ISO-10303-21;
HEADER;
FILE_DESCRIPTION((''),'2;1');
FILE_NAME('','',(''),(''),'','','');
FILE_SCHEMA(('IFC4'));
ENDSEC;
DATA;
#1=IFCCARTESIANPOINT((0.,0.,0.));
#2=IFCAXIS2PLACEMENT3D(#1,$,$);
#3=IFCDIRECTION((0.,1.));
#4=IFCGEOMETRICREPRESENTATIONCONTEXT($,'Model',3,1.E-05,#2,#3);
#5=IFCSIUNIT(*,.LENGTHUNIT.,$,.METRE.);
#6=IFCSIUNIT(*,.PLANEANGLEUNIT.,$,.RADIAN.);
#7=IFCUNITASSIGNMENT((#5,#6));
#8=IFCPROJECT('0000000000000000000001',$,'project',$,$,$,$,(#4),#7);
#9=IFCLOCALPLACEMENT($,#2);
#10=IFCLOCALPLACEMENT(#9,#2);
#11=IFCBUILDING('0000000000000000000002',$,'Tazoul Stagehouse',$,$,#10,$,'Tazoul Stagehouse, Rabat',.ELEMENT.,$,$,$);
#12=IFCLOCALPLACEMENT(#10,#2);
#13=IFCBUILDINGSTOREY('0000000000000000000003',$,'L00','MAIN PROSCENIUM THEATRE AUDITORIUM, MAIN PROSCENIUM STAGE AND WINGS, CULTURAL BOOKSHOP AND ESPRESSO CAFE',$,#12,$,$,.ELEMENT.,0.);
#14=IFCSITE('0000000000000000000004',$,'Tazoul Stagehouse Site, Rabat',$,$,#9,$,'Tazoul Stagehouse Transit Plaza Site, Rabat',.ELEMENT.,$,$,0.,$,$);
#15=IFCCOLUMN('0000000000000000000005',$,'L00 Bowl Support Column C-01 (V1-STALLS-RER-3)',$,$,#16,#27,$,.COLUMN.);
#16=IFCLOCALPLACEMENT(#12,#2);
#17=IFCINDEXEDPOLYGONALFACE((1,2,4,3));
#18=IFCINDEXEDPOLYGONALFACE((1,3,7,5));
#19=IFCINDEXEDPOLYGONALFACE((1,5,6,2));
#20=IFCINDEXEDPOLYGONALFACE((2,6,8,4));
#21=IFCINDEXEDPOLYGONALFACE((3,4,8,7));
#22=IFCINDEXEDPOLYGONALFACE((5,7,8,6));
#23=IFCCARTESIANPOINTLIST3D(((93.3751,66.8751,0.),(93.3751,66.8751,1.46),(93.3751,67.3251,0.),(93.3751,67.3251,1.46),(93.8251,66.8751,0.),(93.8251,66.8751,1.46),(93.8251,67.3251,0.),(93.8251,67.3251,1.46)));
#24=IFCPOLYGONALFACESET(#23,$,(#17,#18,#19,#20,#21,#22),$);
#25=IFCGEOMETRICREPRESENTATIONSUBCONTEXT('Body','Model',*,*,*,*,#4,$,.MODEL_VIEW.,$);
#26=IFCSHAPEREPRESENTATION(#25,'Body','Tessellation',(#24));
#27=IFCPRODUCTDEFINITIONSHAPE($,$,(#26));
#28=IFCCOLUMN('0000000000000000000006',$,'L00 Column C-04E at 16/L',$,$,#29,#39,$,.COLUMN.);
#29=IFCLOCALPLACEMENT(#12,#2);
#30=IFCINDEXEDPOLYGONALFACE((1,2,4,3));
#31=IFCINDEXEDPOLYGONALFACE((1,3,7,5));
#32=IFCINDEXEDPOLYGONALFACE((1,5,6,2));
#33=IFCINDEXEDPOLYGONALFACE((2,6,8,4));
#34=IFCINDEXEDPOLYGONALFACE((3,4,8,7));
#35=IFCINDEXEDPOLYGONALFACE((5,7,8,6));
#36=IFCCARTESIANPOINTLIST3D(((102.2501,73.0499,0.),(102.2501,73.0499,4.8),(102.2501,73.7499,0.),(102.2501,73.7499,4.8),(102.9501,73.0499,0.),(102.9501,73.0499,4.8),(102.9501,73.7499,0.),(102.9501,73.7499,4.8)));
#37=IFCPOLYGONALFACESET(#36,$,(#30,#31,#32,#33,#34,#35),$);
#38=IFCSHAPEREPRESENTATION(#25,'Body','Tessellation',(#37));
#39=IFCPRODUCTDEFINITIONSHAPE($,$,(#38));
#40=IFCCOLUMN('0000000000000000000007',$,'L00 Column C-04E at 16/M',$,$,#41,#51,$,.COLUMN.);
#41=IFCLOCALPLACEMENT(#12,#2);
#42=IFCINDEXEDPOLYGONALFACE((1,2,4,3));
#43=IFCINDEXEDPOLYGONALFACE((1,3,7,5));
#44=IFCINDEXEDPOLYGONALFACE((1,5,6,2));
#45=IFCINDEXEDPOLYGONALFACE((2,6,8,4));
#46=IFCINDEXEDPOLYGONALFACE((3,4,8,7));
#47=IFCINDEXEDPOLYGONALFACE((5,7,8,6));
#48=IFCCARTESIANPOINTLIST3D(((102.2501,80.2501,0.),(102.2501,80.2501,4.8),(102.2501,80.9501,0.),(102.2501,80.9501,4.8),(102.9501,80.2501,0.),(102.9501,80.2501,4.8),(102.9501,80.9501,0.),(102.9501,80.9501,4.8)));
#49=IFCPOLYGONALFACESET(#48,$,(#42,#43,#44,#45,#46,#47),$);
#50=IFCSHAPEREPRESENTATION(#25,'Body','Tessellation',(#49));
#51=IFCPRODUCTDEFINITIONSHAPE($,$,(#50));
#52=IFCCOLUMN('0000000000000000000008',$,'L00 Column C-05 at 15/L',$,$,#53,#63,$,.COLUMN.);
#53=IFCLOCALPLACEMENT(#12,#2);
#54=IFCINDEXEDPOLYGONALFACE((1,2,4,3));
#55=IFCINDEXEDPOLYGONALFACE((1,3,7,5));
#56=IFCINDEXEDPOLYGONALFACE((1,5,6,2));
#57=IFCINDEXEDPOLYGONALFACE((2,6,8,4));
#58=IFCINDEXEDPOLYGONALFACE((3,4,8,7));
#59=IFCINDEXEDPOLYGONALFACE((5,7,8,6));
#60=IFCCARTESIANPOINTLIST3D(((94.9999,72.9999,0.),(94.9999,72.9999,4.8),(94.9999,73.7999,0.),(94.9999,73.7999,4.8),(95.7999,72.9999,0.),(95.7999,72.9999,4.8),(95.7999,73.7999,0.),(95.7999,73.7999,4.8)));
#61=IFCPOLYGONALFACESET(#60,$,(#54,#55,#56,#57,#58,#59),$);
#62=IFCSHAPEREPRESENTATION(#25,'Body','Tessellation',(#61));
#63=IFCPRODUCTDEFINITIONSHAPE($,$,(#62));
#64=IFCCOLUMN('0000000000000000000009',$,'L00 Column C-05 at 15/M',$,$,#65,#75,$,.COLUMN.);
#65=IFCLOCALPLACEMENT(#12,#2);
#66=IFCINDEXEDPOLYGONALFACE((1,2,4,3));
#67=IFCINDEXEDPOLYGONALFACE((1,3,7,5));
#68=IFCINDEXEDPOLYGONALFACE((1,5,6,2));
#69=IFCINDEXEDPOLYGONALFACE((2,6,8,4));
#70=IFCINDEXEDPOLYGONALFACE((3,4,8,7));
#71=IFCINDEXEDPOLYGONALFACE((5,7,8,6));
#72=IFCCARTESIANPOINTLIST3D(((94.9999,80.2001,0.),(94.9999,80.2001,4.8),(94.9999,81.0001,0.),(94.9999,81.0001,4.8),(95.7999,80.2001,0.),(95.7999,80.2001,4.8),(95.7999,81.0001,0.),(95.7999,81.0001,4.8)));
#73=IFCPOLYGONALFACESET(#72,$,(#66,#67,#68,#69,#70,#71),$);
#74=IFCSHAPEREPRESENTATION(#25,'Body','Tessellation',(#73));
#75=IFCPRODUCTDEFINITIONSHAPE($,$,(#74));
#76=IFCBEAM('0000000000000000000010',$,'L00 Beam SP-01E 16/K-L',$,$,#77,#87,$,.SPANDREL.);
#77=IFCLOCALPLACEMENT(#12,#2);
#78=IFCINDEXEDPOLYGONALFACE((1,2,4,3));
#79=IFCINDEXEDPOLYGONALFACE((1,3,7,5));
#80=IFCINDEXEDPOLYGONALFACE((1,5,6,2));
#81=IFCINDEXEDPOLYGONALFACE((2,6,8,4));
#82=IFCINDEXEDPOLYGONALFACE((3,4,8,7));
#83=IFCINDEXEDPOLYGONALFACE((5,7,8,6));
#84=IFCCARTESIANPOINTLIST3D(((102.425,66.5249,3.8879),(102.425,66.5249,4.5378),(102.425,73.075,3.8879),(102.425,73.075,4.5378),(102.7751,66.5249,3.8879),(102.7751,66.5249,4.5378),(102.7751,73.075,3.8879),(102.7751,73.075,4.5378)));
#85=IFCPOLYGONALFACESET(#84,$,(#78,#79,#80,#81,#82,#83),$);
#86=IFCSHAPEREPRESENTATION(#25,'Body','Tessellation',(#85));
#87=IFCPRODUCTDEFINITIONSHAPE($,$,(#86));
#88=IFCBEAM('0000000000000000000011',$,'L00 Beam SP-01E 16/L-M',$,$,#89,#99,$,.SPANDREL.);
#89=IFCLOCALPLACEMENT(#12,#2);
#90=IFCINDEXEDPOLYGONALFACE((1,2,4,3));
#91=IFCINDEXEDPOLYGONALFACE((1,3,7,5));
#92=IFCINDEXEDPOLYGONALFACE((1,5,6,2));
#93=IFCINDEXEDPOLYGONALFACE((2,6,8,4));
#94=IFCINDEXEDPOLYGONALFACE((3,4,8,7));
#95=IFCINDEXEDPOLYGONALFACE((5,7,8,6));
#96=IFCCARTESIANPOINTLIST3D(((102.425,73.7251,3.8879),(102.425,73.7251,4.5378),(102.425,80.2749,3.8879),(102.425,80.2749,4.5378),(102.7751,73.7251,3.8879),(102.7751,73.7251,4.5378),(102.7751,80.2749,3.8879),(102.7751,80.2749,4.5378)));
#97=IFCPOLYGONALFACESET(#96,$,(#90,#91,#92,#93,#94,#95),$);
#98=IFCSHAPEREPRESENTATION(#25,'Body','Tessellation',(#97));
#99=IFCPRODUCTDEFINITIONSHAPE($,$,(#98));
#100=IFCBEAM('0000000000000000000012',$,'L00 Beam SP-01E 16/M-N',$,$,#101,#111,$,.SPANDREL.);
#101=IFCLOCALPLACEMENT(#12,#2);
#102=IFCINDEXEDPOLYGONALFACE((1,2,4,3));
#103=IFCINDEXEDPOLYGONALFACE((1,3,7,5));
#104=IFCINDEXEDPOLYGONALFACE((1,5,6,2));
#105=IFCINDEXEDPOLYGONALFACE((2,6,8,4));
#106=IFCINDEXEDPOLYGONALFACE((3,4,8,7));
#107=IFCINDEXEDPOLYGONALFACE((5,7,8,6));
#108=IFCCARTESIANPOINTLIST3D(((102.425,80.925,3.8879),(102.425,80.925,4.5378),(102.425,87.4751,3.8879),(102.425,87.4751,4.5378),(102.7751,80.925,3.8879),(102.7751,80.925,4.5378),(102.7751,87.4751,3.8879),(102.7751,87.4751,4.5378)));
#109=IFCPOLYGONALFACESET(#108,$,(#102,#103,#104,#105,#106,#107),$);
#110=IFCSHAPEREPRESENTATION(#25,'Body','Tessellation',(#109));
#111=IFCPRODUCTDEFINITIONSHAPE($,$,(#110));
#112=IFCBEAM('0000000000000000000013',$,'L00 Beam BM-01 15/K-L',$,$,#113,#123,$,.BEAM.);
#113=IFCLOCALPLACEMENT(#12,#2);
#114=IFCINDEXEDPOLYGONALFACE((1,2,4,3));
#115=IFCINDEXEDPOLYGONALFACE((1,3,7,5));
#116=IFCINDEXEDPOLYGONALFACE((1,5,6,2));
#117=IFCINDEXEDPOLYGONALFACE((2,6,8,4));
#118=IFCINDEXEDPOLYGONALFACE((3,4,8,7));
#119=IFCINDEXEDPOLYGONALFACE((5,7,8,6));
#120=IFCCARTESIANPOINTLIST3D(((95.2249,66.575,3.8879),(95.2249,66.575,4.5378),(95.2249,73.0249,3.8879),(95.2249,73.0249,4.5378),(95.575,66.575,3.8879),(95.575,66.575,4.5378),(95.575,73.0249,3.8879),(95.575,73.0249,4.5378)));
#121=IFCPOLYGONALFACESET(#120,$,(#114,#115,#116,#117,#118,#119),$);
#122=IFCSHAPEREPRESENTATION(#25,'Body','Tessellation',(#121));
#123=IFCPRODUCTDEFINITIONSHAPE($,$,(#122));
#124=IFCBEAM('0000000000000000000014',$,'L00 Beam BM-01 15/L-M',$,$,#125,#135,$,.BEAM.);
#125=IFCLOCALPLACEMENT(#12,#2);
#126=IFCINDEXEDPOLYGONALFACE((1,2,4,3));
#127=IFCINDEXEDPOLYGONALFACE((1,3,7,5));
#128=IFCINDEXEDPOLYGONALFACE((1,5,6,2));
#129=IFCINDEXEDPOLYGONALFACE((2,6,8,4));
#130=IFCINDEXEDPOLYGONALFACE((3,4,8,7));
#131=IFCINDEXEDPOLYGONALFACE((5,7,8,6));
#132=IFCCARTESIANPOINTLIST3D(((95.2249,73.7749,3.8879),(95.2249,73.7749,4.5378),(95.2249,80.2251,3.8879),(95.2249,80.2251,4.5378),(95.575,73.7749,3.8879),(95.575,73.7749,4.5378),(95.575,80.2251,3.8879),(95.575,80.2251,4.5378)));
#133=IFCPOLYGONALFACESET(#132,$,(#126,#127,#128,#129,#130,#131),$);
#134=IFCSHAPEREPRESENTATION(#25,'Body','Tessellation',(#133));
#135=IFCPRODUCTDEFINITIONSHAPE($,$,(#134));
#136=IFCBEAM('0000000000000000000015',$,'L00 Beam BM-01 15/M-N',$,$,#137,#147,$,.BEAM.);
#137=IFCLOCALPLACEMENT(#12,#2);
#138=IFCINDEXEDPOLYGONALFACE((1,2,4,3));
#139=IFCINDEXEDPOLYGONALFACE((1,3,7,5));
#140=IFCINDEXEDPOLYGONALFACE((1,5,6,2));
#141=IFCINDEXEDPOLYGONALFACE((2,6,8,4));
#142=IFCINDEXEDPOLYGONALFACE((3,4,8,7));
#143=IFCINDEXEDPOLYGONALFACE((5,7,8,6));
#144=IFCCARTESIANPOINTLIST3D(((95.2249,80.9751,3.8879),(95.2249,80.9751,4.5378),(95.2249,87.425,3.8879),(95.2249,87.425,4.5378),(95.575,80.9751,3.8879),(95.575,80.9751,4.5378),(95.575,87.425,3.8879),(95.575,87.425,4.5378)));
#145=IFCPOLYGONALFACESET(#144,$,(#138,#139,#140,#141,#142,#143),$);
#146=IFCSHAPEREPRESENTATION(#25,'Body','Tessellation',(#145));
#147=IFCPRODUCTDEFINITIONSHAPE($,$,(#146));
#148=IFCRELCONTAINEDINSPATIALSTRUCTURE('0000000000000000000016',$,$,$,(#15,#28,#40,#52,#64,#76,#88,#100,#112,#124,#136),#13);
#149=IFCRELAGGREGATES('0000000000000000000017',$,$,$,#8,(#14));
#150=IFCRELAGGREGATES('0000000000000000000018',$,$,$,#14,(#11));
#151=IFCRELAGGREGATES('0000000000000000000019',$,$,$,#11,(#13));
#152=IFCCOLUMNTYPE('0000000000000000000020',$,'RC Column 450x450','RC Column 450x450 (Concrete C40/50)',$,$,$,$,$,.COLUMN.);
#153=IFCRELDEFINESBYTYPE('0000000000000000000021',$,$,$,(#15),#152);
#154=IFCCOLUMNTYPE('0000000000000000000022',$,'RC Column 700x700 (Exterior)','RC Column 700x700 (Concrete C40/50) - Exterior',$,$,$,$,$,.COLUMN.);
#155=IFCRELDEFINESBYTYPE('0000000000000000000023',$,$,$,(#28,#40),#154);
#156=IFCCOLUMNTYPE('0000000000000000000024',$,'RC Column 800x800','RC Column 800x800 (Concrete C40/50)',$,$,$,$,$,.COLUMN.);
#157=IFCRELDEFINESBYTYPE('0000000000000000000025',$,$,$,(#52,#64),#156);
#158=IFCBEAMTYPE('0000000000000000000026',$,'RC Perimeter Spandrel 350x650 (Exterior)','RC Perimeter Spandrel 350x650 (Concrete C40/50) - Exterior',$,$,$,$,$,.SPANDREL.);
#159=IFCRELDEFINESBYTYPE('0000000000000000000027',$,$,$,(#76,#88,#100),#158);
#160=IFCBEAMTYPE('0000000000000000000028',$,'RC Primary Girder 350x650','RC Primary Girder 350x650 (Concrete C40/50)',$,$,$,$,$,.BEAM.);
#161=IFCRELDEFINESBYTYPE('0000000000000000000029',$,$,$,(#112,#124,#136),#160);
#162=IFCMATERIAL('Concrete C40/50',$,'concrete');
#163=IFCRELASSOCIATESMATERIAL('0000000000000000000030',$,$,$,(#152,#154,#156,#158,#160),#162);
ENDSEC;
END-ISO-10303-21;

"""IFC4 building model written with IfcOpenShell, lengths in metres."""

from ifc_helpers import new_model, si_unit, direction, frame, origin, origin_2d, place, context, subcontext, project, spatial, rectangle, extrude, material, material_profile, profile_set, type_object, element, save


model = new_model("IFC4")

# Units and contexts
model_context = context("Model", 3, precision=1e-05, world=origin(), true_north=direction((0.0, 1.0)))
body_context = subcontext(model_context, "Body", "Model", "MODEL_VIEW")
ifc_project = project(units=[si_unit("LENGTHUNIT", "METRE"), si_unit("PLANEANGLEUNIT", "RADIAN")], contexts=[model_context])

# Site, building, storey
site_placement = place(None, origin())
site = spatial("IfcSite", under=ifc_project, at=site_placement, Name="Tazoul Stagehouse Site, Rabat", LongName="Tazoul Stagehouse Transit Plaza Site, Rabat", CompositionType="ELEMENT", RefElevation=0.0)
building_placement = place(site_placement, origin())
building = spatial("IfcBuilding", under=site, at=building_placement, Name="Tazoul Stagehouse", LongName="Tazoul Stagehouse, Rabat", CompositionType="ELEMENT")
storey_placement = place(building_placement, origin())
storey = spatial("IfcBuildingStorey", under=building, at=storey_placement, Name="L00", Description="MAIN PROSCENIUM THEATRE AUDITORIUM, MAIN PROSCENIUM STAGE AND WINGS, CULTURAL BOOKSHOP AND ESPRESSO CAFE", CompositionType="ELEMENT", Elevation=0.0)

# Columns
ifc_material_1 = material(Name="Concrete C40/50", Category="concrete")
ifc_material_profile_1 = material_profile(ifc_material_1, rectangle(XDim=0.45, YDim=0.45, at=origin_2d()), Name="RC 450x450")
ifc_profile_set_1 = profile_set([ifc_material_profile_1], Name="Concrete C40/50")
column_type_1 = type_object("IfcColumnType", Name="RC Column 450x450", Description="RC Column 450x450 (Concrete C40/50)", PredefinedType="COLUMN", material=ifc_profile_set_1)
column_placement = place(storey_placement, frame((93.6001, 67.1001, 0.0), z_axis=(0.0, 0.0, 1.0), x_axis=(1.0, 0.0, 0.0)))
element("IfcColumn", 1, at=column_placement, inside=storey, type_object=column_type_1, Name="L00 Bowl Support Column C-01 (V1-STALLS-RER-3)", PredefinedType="COLUMN", context=body_context, shape_type="SweptSolid", body=[
    extrude(rectangle(XDim=0.45, YDim=0.45, at=origin_2d()), origin(), (0.0, 0.0, 1.0), 1.46),
])
ifc_material_profile_2 = material_profile(ifc_material_1, rectangle(XDim=0.7, YDim=0.7, at=origin_2d()), Name="RC 700x700")
ifc_profile_set_2 = profile_set([ifc_material_profile_2], Name="Concrete C40/50")
column_type_2 = type_object("IfcColumnType", Name="RC Column 700x700 (Exterior)", Description="RC Column 700x700 (Concrete C40/50) - Exterior", PredefinedType="COLUMN", material=ifc_profile_set_2)
for number, where, z_axis, x_axis, name in (
    (2, (102.6001, 73.3999, 0.0), (0.0, 0.0, 1.0), (1.0, 0.0, 0.0), "L00 Column C-04E at 16/L"),
    (3, (102.6001, 80.6001, 0.0), (0.0, 0.0, 1.0), (1.0, 0.0, 0.0), "L00 Column C-04E at 16/M"),
):
    element("IfcColumn", number, at=place(storey_placement, frame(where, z_axis=z_axis, x_axis=x_axis)), inside=storey, type_object=column_type_2, Name=name, PredefinedType="COLUMN", context=body_context, shape_type="SweptSolid", body=[
        extrude(rectangle(XDim=0.7, YDim=0.7, at=origin_2d()), origin(), (0.0, 0.0, 1.0), 4.8),
    ])
ifc_material_profile_3 = material_profile(ifc_material_1, rectangle(XDim=0.8, YDim=0.8, at=origin_2d()), Name="RC 800x800")
ifc_profile_set_3 = profile_set([ifc_material_profile_3], Name="Concrete C40/50")
column_type_3 = type_object("IfcColumnType", Name="RC Column 800x800", Description="RC Column 800x800 (Concrete C40/50)", PredefinedType="COLUMN", material=ifc_profile_set_3)
for number, where, z_axis, x_axis, name in (
    (4, (95.3999, 73.3999, 0.0), (0.0, 0.0, 1.0), (1.0, 0.0, 0.0), "L00 Column C-05 at 15/L"),
    (5, (95.3999, 80.6001, 0.0), (0.0, 0.0, 1.0), (1.0, 0.0, 0.0), "L00 Column C-05 at 15/M"),
):
    element("IfcColumn", number, at=place(storey_placement, frame(where, z_axis=z_axis, x_axis=x_axis)), inside=storey, type_object=column_type_3, Name=name, PredefinedType="COLUMN", context=body_context, shape_type="SweptSolid", body=[
        extrude(rectangle(XDim=0.8, YDim=0.8, at=origin_2d()), origin(), (0.0, 0.0, 1.0), 4.8),
    ])

# Beams
ifc_material_profile_4 = material_profile(ifc_material_1, rectangle(XDim=0.3501, YDim=0.6499, at=origin_2d()), Name="RC 350x650")
ifc_profile_set_4 = profile_set([ifc_material_profile_4], Name="Concrete C40/50")
beam_type_1 = type_object("IfcBeamType", Name="RC Perimeter Spandrel 350x650 (Exterior)", Description="RC Perimeter Spandrel 350x650 (Concrete C40/50) - Exterior", PredefinedType="SPANDREL", material=ifc_profile_set_4)
beam_1_placement = place(storey_placement, frame((102.6001, 66.5249, 4.2129), z_axis=(0.0, 1.0, 0.0), x_axis=(-1.0, 0.0, 0.0)))
element("IfcBeam", 6, at=beam_1_placement, inside=storey, type_object=beam_type_1, Name="L00 Beam SP-01E 16/K-L", PredefinedType="SPANDREL", context=body_context, shape_type="SweptSolid", body=[
    extrude(rectangle(XDim=0.3501, YDim=0.6499, at=origin_2d()), origin(), (0.0, 0.0, 1.0), 6.55),
])
beam_2_placement = place(storey_placement, frame((102.6001, 73.7251, 4.2129), z_axis=(0.0, 1.0, 0.0), x_axis=(-1.0, 0.0, 0.0)))
element("IfcBeam", 7, at=beam_2_placement, inside=storey, type_object=beam_type_1, Name="L00 Beam SP-01E 16/L-M", PredefinedType="SPANDREL", context=body_context, shape_type="SweptSolid", body=[
    extrude(rectangle(XDim=0.3501, YDim=0.6499, at=origin_2d()), origin(), (0.0, 0.0, 1.0), 6.5498),
])
beam_3_placement = place(storey_placement, frame((102.6001, 80.925, 4.2129), z_axis=(0.0, 1.0, 0.0), x_axis=(-1.0, 0.0, 0.0)))
element("IfcBeam", 8, at=beam_3_placement, inside=storey, type_object=beam_type_1, Name="L00 Beam SP-01E 16/M-N", PredefinedType="SPANDREL", context=body_context, shape_type="SweptSolid", body=[
    extrude(rectangle(XDim=0.3501, YDim=0.6499, at=origin_2d()), origin(), (0.0, 0.0, 1.0), 6.55),
])
ifc_material_profile_5 = material_profile(ifc_material_1, rectangle(XDim=0.3501, YDim=0.6499, at=origin_2d()), Name="RC 350x650")
ifc_profile_set_5 = profile_set([ifc_material_profile_5], Name="Concrete C40/50")
beam_type_2 = type_object("IfcBeamType", Name="RC Primary Girder 350x650", Description="RC Primary Girder 350x650 (Concrete C40/50)", PredefinedType="BEAM", material=ifc_profile_set_5)
beam_4_placement = place(storey_placement, frame((95.3999, 66.575, 4.2129), z_axis=(0.0, 1.0, 0.0), x_axis=(-1.0, 0.0, 0.0)))
element("IfcBeam", 9, at=beam_4_placement, inside=storey, type_object=beam_type_2, Name="L00 Beam BM-01 15/K-L", PredefinedType="BEAM", context=body_context, shape_type="SweptSolid", body=[
    extrude(rectangle(XDim=0.3501, YDim=0.6499, at=origin_2d()), origin(), (0.0, 0.0, 1.0), 6.45),
])
beam_5_placement = place(storey_placement, frame((95.3999, 73.7749, 4.2129), z_axis=(0.0, 1.0, 0.0), x_axis=(-1.0, 0.0, 0.0)))
element("IfcBeam", 10, at=beam_5_placement, inside=storey, type_object=beam_type_2, Name="L00 Beam BM-01 15/L-M", PredefinedType="BEAM", context=body_context, shape_type="SweptSolid", body=[
    extrude(rectangle(XDim=0.3501, YDim=0.6499, at=origin_2d()), origin(), (0.0, 0.0, 1.0), 6.4502),
])
beam_6_placement = place(storey_placement, frame((95.3999, 80.9751, 4.2129), z_axis=(0.0, 1.0, 0.0), x_axis=(-1.0, 0.0, 0.0)))
element("IfcBeam", 11, at=beam_6_placement, inside=storey, type_object=beam_type_2, Name="L00 Beam BM-01 15/M-N", PredefinedType="BEAM", context=body_context, shape_type="SweptSolid", body=[
    extrude(rectangle(XDim=0.3501, YDim=0.6499, at=origin_2d()), origin(), (0.0, 0.0, 1.0), 6.45),
])

save(model, "model.ifc")
